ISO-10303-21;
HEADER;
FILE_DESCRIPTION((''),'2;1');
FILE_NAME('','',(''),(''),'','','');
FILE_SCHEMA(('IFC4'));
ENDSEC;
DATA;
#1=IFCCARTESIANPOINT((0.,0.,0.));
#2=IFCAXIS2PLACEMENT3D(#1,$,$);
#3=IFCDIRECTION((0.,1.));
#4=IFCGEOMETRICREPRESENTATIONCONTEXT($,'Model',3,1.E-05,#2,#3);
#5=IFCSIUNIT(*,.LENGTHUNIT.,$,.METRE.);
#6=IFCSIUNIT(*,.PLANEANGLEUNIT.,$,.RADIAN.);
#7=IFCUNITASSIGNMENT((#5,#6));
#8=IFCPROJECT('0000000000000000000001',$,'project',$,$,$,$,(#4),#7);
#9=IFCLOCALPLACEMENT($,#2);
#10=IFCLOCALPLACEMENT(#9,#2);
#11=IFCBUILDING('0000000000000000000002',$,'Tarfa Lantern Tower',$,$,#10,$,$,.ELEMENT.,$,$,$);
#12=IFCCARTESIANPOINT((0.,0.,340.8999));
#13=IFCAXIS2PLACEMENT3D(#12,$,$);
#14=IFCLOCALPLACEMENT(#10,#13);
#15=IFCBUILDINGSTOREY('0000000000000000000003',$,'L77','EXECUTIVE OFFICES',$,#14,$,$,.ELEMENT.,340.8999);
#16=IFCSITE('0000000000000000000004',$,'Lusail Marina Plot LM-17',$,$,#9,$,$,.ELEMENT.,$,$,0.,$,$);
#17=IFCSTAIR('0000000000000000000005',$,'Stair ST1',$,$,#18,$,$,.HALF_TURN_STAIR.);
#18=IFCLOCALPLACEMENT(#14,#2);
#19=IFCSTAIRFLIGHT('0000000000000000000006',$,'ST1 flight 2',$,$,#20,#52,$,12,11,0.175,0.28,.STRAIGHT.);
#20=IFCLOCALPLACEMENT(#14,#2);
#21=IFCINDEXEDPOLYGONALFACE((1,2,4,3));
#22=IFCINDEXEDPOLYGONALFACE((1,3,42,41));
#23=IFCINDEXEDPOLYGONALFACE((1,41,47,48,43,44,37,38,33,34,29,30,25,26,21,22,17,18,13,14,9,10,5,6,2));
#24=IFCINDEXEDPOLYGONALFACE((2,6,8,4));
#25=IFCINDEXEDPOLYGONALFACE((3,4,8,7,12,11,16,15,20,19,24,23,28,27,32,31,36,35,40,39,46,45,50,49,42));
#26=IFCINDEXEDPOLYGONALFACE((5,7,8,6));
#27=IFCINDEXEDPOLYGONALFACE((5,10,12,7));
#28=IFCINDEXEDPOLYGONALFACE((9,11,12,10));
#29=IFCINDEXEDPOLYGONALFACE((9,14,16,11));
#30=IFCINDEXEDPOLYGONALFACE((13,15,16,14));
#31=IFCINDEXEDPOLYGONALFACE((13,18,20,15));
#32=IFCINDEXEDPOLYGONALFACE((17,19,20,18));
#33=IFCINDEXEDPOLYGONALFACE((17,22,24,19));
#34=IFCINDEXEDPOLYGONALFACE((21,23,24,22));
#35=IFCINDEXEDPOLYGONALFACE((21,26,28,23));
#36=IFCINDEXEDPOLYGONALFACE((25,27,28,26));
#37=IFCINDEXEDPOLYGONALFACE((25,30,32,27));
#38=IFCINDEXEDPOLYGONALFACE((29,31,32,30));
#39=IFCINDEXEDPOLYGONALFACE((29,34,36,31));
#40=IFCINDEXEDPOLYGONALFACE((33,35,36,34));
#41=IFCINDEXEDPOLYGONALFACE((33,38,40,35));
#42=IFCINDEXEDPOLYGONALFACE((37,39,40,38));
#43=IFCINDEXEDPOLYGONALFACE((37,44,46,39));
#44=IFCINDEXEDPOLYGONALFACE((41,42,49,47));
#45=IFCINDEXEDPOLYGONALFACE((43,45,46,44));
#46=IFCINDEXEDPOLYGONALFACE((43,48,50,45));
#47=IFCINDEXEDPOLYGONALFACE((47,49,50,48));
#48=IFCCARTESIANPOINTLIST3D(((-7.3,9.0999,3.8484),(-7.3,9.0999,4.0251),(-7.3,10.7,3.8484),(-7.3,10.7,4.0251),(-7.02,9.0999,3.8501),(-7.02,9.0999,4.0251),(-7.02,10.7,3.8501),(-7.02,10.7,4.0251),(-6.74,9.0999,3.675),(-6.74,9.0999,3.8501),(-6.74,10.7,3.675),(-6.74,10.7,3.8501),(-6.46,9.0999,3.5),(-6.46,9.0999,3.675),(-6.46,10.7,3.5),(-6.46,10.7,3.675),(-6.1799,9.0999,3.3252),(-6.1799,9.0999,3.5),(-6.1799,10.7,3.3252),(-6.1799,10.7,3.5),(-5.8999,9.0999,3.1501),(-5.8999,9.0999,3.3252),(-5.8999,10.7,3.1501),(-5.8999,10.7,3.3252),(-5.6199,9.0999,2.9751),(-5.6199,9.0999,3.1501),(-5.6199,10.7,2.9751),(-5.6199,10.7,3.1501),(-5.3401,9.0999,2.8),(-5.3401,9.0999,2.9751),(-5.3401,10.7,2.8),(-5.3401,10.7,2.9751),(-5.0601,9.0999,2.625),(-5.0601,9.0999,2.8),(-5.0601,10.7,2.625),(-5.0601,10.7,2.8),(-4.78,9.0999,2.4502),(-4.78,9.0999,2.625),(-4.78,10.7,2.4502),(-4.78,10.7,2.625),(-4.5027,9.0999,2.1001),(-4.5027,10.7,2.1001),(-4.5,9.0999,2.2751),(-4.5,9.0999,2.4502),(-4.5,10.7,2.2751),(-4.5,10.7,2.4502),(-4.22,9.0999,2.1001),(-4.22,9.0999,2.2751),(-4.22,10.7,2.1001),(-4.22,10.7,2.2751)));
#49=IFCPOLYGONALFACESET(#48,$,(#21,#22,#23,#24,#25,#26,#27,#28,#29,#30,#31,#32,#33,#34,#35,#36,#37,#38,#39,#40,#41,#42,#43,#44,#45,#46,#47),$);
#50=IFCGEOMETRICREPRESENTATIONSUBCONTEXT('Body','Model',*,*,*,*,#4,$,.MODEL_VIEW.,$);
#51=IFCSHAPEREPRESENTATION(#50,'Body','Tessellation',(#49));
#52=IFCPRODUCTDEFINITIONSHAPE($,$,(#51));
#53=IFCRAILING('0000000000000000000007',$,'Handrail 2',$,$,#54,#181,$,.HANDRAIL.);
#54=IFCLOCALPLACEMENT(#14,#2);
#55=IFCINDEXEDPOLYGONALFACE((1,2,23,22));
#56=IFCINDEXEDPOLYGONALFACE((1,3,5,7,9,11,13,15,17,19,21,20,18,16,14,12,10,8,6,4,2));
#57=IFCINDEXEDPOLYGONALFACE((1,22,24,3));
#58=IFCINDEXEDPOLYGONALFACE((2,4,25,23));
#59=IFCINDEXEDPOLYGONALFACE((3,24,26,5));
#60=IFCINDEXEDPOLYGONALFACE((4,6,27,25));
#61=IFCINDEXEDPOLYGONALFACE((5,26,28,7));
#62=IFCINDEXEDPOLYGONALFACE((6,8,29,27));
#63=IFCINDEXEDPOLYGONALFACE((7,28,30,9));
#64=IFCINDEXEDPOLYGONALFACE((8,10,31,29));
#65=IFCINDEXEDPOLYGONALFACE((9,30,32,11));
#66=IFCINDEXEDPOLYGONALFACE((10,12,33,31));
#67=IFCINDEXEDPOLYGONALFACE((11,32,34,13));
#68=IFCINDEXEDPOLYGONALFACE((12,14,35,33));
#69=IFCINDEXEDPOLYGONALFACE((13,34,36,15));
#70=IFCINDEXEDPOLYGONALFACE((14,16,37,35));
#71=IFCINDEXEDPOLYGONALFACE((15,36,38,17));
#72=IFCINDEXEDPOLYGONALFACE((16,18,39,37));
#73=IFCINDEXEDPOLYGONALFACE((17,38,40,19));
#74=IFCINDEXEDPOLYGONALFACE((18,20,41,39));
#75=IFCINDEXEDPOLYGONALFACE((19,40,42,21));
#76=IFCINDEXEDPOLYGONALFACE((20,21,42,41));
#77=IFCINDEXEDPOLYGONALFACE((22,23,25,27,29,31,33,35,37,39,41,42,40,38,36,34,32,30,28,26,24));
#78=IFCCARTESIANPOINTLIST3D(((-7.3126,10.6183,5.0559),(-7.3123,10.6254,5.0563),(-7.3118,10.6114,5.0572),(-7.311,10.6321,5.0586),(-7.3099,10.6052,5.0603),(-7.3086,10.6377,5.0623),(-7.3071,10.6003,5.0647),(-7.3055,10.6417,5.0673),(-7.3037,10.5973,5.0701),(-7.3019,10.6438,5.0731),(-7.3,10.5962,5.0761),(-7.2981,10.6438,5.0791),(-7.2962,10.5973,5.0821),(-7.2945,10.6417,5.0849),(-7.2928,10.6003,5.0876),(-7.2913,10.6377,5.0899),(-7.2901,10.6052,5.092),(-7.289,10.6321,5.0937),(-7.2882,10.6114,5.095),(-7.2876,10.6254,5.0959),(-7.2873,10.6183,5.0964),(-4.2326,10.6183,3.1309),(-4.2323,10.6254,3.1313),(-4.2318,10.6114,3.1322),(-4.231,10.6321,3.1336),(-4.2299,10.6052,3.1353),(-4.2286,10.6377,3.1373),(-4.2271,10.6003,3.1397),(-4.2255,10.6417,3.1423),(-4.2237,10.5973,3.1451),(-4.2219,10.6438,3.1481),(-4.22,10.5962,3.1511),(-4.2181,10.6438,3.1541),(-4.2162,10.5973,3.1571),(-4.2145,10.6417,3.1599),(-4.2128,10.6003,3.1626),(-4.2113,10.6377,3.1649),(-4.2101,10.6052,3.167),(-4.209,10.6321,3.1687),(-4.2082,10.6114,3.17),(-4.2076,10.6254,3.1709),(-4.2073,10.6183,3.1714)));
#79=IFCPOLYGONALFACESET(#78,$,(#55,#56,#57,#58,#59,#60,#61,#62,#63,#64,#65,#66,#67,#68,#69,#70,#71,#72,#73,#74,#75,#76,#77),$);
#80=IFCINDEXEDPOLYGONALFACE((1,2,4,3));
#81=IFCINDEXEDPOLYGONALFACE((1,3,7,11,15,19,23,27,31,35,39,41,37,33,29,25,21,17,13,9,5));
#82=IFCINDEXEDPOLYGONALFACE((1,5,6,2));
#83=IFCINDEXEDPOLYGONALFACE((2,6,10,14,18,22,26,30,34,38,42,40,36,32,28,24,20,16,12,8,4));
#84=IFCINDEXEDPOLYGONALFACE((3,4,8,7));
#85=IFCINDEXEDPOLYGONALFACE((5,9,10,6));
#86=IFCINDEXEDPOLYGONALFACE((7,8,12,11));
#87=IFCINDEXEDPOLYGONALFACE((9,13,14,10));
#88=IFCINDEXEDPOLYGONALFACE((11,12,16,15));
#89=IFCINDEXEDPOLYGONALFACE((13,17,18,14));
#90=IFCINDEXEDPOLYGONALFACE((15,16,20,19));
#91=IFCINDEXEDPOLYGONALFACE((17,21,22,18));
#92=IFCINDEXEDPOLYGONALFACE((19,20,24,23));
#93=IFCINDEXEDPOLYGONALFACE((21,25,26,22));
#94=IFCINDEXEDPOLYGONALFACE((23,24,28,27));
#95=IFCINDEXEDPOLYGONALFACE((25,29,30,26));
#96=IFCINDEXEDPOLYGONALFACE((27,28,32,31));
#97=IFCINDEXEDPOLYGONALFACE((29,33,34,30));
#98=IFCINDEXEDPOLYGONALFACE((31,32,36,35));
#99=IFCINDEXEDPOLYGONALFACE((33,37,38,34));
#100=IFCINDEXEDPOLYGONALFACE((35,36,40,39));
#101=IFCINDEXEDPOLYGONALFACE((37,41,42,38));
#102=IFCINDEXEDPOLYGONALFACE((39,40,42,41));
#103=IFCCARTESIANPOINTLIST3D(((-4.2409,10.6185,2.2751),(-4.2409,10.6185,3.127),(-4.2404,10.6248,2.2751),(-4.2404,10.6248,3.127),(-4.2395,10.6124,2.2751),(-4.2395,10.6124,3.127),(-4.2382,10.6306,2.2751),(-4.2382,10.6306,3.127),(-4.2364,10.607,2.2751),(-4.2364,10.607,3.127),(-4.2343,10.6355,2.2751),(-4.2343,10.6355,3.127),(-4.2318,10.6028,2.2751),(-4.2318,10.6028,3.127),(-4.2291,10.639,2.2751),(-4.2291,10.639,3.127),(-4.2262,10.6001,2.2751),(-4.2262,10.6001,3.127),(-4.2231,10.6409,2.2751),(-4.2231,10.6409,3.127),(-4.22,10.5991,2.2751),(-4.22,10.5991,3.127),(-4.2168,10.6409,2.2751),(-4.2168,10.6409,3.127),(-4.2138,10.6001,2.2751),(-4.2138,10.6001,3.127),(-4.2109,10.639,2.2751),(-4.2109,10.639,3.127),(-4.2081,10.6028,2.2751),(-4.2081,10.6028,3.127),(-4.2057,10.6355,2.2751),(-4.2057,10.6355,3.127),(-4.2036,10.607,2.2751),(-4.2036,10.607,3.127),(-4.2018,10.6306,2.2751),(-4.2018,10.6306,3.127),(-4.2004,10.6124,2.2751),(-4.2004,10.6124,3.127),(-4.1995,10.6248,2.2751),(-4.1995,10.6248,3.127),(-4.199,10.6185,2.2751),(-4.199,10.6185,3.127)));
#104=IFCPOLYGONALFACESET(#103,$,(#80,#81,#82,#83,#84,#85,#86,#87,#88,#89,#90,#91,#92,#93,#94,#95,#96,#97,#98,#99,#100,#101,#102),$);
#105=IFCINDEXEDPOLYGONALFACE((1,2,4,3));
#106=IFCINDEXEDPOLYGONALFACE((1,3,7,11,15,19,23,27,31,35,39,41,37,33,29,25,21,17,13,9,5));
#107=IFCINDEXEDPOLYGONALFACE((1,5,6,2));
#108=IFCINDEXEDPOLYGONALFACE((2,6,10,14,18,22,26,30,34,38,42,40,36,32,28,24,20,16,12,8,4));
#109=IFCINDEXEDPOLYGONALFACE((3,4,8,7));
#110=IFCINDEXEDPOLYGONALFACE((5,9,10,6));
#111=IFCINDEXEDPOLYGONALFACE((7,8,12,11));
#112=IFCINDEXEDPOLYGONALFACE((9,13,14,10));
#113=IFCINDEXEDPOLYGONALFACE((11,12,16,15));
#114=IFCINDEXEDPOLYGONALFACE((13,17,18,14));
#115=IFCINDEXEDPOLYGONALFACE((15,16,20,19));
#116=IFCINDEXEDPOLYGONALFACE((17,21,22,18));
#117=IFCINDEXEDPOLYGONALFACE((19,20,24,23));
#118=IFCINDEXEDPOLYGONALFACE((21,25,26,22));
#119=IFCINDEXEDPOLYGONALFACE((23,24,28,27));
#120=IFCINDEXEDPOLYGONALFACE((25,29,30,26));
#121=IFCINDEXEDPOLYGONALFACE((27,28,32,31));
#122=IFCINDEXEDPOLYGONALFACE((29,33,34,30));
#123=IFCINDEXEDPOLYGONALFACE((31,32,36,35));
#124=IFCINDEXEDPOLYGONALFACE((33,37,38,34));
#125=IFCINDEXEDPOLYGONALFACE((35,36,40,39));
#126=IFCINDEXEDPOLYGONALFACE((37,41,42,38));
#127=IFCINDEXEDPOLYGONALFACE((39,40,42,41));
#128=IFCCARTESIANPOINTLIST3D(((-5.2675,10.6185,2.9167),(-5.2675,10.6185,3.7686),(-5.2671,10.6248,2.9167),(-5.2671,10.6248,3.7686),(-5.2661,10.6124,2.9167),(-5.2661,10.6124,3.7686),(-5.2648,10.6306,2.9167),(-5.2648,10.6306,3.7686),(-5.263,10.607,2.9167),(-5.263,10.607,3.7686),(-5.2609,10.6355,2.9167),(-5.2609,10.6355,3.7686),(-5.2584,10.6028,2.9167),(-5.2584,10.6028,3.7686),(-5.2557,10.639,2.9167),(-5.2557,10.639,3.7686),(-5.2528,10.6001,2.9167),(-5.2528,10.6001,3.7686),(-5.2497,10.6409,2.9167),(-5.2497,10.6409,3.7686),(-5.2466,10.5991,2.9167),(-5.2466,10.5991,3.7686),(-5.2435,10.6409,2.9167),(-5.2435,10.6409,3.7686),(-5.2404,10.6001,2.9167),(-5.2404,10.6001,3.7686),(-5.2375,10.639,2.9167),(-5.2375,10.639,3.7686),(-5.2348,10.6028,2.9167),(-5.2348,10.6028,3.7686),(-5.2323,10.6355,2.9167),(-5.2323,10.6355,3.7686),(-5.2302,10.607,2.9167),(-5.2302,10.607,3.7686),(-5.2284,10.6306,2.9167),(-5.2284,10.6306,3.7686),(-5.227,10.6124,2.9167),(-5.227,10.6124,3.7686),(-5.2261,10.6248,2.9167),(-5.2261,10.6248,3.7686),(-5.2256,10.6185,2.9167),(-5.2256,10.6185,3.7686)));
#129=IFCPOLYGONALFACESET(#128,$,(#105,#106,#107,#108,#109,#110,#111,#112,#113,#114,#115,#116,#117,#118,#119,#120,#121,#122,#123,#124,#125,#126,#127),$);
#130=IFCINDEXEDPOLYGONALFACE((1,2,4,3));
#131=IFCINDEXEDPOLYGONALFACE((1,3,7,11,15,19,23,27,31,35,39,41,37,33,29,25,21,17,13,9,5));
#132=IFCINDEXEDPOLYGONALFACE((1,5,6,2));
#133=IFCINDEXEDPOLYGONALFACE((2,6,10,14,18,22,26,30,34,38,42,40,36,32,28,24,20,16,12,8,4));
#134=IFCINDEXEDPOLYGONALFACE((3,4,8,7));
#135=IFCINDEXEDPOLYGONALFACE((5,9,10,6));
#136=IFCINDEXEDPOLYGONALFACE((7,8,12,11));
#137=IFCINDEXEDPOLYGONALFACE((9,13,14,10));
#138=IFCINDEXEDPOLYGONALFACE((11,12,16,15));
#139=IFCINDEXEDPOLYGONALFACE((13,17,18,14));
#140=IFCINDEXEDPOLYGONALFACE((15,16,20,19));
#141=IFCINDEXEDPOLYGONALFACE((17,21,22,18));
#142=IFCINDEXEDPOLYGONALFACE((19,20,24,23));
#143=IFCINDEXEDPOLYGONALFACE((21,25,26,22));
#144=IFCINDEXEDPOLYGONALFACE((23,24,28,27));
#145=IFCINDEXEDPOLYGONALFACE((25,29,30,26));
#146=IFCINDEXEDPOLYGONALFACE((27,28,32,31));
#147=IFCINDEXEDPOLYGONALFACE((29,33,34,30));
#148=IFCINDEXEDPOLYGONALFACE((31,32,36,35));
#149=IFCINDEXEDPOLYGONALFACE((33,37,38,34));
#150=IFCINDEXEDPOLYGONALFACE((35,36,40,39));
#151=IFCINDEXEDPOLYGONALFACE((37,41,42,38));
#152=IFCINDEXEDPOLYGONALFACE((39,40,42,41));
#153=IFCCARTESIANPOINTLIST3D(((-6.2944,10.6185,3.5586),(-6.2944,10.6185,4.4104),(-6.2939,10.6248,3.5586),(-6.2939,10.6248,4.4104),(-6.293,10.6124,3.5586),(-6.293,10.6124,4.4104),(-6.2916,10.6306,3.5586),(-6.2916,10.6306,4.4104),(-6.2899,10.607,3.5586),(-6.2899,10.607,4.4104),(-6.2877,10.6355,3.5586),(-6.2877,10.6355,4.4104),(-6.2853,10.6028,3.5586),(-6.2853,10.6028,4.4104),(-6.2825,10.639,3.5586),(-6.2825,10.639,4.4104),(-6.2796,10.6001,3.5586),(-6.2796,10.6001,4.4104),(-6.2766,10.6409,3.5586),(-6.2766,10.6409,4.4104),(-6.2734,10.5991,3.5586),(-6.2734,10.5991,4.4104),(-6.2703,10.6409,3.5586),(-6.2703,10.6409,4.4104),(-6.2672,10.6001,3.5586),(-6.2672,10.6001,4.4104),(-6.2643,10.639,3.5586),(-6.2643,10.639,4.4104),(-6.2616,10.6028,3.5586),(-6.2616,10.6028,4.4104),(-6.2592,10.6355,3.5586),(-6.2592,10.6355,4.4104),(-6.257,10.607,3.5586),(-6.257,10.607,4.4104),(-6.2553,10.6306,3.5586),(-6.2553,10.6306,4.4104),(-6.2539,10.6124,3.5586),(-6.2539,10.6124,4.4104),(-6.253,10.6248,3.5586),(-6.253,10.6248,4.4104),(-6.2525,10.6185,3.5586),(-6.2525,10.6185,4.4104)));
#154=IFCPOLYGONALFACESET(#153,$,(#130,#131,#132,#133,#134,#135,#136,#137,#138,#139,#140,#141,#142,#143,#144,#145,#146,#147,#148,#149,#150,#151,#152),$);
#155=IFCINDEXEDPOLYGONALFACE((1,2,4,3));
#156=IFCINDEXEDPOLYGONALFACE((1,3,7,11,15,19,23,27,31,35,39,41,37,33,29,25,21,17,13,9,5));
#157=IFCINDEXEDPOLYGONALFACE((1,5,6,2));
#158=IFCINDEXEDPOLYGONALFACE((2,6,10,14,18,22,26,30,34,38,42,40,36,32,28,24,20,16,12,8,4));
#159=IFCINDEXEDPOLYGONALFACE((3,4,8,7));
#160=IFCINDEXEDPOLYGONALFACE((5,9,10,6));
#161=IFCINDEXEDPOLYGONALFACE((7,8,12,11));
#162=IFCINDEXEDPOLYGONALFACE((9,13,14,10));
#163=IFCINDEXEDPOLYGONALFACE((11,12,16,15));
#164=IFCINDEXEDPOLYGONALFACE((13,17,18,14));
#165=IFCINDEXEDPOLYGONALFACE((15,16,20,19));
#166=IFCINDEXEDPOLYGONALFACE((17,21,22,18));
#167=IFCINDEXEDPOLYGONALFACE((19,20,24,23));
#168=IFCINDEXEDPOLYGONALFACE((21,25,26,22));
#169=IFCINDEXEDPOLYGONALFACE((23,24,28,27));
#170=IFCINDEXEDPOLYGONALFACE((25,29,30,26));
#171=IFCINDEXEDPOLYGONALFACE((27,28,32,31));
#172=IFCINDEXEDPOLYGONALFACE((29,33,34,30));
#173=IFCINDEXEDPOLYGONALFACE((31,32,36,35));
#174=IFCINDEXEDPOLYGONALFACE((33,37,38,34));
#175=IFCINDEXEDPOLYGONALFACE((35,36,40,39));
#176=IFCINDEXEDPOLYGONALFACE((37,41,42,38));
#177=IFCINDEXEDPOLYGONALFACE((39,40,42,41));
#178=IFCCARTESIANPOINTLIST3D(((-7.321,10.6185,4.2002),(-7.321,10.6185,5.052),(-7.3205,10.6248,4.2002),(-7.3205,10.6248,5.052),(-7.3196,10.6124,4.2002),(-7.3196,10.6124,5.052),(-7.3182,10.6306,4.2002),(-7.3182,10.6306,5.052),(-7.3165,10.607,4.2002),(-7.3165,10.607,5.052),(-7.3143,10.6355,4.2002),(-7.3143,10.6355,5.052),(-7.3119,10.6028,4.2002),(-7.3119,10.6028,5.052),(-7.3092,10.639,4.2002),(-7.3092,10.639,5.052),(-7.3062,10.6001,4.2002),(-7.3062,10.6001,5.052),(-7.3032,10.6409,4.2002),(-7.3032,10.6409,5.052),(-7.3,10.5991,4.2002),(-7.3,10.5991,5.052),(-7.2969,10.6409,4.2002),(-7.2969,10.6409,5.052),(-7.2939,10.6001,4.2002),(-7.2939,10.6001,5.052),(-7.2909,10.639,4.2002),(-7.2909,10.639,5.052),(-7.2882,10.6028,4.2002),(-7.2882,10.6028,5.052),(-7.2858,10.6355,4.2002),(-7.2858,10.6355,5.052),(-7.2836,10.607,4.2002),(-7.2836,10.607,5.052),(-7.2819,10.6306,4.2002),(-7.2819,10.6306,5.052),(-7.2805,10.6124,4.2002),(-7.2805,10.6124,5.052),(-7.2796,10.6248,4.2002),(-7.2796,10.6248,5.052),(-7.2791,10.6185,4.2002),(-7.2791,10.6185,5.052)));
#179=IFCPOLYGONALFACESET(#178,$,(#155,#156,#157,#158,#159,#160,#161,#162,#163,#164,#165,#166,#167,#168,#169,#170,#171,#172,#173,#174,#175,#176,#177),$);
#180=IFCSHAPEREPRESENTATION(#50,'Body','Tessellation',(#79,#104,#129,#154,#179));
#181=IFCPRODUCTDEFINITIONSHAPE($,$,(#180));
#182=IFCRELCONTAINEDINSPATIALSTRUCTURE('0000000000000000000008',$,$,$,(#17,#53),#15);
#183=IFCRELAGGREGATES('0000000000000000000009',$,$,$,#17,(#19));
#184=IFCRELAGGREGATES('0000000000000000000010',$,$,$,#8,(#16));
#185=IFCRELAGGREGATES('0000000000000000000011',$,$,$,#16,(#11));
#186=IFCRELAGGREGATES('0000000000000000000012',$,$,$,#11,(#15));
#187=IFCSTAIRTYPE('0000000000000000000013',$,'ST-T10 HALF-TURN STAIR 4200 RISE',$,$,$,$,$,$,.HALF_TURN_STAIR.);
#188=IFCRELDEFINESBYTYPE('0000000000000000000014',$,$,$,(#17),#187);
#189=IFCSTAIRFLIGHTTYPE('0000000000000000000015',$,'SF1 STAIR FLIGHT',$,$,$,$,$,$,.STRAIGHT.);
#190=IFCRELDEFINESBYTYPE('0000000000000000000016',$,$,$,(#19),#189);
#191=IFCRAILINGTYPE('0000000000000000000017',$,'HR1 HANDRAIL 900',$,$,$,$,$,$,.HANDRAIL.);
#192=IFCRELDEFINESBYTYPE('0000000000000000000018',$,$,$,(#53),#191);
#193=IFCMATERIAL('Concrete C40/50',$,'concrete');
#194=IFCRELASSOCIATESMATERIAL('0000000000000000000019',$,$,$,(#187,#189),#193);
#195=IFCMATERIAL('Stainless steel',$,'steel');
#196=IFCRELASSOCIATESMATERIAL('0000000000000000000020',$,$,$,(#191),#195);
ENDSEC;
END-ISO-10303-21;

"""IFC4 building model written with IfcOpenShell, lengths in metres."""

from ifc_helpers import new_model, si_unit, direction, frame, origin, origin_2d, place, context, subcontext, project, spatial, polyline, circle, outline, extrude, material, type_object, element, aggregate, save


model = new_model("IFC4")

# Units and contexts
model_context = context("Model", 3, precision=1e-05, world=origin(), true_north=direction((0.0, 1.0)))
body_context = subcontext(model_context, "Body", "Model", "MODEL_VIEW")
ifc_project = project(units=[si_unit("LENGTHUNIT", "METRE"), si_unit("PLANEANGLEUNIT", "RADIAN")], contexts=[model_context])

# Site, building, storey
site_placement = place(None, origin())
site = spatial("IfcSite", under=ifc_project, at=site_placement, Name="Lusail Marina Plot LM-17", CompositionType="ELEMENT", RefElevation=0.0)
building_placement = place(site_placement, origin())
building = spatial("IfcBuilding", under=site, at=building_placement, Name="Tarfa Lantern Tower", CompositionType="ELEMENT")
storey_placement = place(building_placement, frame((0.0, 0.0, 340.8999)))
storey = spatial("IfcBuildingStorey", under=building, at=storey_placement, Name="L77", Description="EXECUTIVE OFFICES", CompositionType="ELEMENT", Elevation=340.8999)

# Stair, stair flight
ifc_material_1 = material(Name="Concrete C40/50", Category="concrete")
stair_type = type_object("IfcStairType", Name="ST-T10 HALF-TURN STAIR 4200 RISE", PredefinedType="HALF_TURN_STAIR", material=ifc_material_1)
stair_placement = place(storey_placement, origin())
stair = element("IfcStair", 1, at=stair_placement, inside=storey, type_object=stair_type, Name="Stair ST1", PredefinedType="HALF_TURN_STAIR")
stair_flight_type = type_object("IfcStairFlightType", Name="SF1 STAIR FLIGHT", PredefinedType="STRAIGHT", material=ifc_material_1)
stair_flight_1_placement = place(storey_placement, frame((-4.22, 9.8999, 2.1001), z_axis=(0.0, 0.0, 1.0), x_axis=(-1.0, 0.0, 0.0)))
stair_flight_1 = element("IfcStairFlight", 2, at=stair_flight_1_placement, type_object=stair_flight_type, Name="ST1 flight 2", NumberOfRisers=12, NumberOfTreads=11, PredefinedType="STRAIGHT", RiserHeight=0.175, TreadLength=0.28, context=body_context, shape_type="SweptSolid", body=[
    extrude(outline(polyline([(0.0, 0.0), (0.0, 0.175), (0.28, 0.175), (0.28, 0.3501), (0.5601, 0.3501), (0.5601, 0.5249), (0.8401, 0.5249), (0.8401, 0.7), (1.1201, 0.7), (1.1201, 0.875), (1.3999, 0.875), (1.3999, 1.05), (1.6799, 1.05), (1.6799, 1.2251), (1.96, 1.2251), (1.96, 1.3999), (2.24, 1.3999), (2.24, 1.575), (2.52, 1.575), (2.52, 1.75), (2.8, 1.75), (2.8, 1.925), (3.0801, 1.925), (3.0801, 2.1001), (3.0801, 1.7483), (0.2827, 0.0), (0.0, 0.0)])), frame((0.0, 0.8, 0.0), z_axis=(0.0, -1.0, 0.0), x_axis=(1.0, 0.0, 0.0)), (0.0, 0.0, 1.0), 1.6001),
])
aggregate(stair, [stair_flight_1])

# Railing
ifc_material_2 = material(Name="Stainless steel", Category="steel")
railing_type = type_object("IfcRailingType", Name="HR1 HANDRAIL 900", PredefinedType="HANDRAIL", material=ifc_material_2)
railing_placement = place(storey_placement, frame((-4.22, 10.6201, 2.2751)))
element("IfcRailing", 3, at=railing_placement, inside=storey, type_object=railing_type, Name="Handrail 2", PredefinedType="HANDRAIL", context=body_context, shape_type="SweptSolid", body=[
    extrude(circle(Radius=0.0239, at=origin_2d()), frame((0.0, 0.0, 0.876), z_axis=(-0.847998, 0.0, 0.529999), x_axis=(0.0, -1.0, 0.0)), (0.0, 0.0, 1.0), 3.6321),
    extrude(circle(Radius=0.021, at=origin_2d()), frame((0.0, 0.0, 0.0), z_axis=(0.0, 0.0, 1.0), x_axis=(0.0, -1.0, 0.0)), (0.0, 0.0, 1.0), 0.8518),
    extrude(circle(Radius=0.021, at=origin_2d()), frame((-1.0266, 0.0, 0.6416), z_axis=(0.0, 0.0, 1.0), x_axis=(0.0, -1.0, 0.0)), (0.0, 0.0, 1.0), 0.8518),
    extrude(circle(Radius=0.021, at=origin_2d()), frame((-2.0535, 0.0, 1.2834), z_axis=(0.0, 0.0, 1.0), x_axis=(0.0, -1.0, 0.0)), (0.0, 0.0, 1.0), 0.8518),
    extrude(circle(Radius=0.021, at=origin_2d()), frame((-3.0801, 0.0, 1.925), z_axis=(0.0, 0.0, 1.0), x_axis=(0.0, -1.0, 0.0)), (0.0, 0.0, 1.0), 0.8518),
])

save(model, "model.ifc")
